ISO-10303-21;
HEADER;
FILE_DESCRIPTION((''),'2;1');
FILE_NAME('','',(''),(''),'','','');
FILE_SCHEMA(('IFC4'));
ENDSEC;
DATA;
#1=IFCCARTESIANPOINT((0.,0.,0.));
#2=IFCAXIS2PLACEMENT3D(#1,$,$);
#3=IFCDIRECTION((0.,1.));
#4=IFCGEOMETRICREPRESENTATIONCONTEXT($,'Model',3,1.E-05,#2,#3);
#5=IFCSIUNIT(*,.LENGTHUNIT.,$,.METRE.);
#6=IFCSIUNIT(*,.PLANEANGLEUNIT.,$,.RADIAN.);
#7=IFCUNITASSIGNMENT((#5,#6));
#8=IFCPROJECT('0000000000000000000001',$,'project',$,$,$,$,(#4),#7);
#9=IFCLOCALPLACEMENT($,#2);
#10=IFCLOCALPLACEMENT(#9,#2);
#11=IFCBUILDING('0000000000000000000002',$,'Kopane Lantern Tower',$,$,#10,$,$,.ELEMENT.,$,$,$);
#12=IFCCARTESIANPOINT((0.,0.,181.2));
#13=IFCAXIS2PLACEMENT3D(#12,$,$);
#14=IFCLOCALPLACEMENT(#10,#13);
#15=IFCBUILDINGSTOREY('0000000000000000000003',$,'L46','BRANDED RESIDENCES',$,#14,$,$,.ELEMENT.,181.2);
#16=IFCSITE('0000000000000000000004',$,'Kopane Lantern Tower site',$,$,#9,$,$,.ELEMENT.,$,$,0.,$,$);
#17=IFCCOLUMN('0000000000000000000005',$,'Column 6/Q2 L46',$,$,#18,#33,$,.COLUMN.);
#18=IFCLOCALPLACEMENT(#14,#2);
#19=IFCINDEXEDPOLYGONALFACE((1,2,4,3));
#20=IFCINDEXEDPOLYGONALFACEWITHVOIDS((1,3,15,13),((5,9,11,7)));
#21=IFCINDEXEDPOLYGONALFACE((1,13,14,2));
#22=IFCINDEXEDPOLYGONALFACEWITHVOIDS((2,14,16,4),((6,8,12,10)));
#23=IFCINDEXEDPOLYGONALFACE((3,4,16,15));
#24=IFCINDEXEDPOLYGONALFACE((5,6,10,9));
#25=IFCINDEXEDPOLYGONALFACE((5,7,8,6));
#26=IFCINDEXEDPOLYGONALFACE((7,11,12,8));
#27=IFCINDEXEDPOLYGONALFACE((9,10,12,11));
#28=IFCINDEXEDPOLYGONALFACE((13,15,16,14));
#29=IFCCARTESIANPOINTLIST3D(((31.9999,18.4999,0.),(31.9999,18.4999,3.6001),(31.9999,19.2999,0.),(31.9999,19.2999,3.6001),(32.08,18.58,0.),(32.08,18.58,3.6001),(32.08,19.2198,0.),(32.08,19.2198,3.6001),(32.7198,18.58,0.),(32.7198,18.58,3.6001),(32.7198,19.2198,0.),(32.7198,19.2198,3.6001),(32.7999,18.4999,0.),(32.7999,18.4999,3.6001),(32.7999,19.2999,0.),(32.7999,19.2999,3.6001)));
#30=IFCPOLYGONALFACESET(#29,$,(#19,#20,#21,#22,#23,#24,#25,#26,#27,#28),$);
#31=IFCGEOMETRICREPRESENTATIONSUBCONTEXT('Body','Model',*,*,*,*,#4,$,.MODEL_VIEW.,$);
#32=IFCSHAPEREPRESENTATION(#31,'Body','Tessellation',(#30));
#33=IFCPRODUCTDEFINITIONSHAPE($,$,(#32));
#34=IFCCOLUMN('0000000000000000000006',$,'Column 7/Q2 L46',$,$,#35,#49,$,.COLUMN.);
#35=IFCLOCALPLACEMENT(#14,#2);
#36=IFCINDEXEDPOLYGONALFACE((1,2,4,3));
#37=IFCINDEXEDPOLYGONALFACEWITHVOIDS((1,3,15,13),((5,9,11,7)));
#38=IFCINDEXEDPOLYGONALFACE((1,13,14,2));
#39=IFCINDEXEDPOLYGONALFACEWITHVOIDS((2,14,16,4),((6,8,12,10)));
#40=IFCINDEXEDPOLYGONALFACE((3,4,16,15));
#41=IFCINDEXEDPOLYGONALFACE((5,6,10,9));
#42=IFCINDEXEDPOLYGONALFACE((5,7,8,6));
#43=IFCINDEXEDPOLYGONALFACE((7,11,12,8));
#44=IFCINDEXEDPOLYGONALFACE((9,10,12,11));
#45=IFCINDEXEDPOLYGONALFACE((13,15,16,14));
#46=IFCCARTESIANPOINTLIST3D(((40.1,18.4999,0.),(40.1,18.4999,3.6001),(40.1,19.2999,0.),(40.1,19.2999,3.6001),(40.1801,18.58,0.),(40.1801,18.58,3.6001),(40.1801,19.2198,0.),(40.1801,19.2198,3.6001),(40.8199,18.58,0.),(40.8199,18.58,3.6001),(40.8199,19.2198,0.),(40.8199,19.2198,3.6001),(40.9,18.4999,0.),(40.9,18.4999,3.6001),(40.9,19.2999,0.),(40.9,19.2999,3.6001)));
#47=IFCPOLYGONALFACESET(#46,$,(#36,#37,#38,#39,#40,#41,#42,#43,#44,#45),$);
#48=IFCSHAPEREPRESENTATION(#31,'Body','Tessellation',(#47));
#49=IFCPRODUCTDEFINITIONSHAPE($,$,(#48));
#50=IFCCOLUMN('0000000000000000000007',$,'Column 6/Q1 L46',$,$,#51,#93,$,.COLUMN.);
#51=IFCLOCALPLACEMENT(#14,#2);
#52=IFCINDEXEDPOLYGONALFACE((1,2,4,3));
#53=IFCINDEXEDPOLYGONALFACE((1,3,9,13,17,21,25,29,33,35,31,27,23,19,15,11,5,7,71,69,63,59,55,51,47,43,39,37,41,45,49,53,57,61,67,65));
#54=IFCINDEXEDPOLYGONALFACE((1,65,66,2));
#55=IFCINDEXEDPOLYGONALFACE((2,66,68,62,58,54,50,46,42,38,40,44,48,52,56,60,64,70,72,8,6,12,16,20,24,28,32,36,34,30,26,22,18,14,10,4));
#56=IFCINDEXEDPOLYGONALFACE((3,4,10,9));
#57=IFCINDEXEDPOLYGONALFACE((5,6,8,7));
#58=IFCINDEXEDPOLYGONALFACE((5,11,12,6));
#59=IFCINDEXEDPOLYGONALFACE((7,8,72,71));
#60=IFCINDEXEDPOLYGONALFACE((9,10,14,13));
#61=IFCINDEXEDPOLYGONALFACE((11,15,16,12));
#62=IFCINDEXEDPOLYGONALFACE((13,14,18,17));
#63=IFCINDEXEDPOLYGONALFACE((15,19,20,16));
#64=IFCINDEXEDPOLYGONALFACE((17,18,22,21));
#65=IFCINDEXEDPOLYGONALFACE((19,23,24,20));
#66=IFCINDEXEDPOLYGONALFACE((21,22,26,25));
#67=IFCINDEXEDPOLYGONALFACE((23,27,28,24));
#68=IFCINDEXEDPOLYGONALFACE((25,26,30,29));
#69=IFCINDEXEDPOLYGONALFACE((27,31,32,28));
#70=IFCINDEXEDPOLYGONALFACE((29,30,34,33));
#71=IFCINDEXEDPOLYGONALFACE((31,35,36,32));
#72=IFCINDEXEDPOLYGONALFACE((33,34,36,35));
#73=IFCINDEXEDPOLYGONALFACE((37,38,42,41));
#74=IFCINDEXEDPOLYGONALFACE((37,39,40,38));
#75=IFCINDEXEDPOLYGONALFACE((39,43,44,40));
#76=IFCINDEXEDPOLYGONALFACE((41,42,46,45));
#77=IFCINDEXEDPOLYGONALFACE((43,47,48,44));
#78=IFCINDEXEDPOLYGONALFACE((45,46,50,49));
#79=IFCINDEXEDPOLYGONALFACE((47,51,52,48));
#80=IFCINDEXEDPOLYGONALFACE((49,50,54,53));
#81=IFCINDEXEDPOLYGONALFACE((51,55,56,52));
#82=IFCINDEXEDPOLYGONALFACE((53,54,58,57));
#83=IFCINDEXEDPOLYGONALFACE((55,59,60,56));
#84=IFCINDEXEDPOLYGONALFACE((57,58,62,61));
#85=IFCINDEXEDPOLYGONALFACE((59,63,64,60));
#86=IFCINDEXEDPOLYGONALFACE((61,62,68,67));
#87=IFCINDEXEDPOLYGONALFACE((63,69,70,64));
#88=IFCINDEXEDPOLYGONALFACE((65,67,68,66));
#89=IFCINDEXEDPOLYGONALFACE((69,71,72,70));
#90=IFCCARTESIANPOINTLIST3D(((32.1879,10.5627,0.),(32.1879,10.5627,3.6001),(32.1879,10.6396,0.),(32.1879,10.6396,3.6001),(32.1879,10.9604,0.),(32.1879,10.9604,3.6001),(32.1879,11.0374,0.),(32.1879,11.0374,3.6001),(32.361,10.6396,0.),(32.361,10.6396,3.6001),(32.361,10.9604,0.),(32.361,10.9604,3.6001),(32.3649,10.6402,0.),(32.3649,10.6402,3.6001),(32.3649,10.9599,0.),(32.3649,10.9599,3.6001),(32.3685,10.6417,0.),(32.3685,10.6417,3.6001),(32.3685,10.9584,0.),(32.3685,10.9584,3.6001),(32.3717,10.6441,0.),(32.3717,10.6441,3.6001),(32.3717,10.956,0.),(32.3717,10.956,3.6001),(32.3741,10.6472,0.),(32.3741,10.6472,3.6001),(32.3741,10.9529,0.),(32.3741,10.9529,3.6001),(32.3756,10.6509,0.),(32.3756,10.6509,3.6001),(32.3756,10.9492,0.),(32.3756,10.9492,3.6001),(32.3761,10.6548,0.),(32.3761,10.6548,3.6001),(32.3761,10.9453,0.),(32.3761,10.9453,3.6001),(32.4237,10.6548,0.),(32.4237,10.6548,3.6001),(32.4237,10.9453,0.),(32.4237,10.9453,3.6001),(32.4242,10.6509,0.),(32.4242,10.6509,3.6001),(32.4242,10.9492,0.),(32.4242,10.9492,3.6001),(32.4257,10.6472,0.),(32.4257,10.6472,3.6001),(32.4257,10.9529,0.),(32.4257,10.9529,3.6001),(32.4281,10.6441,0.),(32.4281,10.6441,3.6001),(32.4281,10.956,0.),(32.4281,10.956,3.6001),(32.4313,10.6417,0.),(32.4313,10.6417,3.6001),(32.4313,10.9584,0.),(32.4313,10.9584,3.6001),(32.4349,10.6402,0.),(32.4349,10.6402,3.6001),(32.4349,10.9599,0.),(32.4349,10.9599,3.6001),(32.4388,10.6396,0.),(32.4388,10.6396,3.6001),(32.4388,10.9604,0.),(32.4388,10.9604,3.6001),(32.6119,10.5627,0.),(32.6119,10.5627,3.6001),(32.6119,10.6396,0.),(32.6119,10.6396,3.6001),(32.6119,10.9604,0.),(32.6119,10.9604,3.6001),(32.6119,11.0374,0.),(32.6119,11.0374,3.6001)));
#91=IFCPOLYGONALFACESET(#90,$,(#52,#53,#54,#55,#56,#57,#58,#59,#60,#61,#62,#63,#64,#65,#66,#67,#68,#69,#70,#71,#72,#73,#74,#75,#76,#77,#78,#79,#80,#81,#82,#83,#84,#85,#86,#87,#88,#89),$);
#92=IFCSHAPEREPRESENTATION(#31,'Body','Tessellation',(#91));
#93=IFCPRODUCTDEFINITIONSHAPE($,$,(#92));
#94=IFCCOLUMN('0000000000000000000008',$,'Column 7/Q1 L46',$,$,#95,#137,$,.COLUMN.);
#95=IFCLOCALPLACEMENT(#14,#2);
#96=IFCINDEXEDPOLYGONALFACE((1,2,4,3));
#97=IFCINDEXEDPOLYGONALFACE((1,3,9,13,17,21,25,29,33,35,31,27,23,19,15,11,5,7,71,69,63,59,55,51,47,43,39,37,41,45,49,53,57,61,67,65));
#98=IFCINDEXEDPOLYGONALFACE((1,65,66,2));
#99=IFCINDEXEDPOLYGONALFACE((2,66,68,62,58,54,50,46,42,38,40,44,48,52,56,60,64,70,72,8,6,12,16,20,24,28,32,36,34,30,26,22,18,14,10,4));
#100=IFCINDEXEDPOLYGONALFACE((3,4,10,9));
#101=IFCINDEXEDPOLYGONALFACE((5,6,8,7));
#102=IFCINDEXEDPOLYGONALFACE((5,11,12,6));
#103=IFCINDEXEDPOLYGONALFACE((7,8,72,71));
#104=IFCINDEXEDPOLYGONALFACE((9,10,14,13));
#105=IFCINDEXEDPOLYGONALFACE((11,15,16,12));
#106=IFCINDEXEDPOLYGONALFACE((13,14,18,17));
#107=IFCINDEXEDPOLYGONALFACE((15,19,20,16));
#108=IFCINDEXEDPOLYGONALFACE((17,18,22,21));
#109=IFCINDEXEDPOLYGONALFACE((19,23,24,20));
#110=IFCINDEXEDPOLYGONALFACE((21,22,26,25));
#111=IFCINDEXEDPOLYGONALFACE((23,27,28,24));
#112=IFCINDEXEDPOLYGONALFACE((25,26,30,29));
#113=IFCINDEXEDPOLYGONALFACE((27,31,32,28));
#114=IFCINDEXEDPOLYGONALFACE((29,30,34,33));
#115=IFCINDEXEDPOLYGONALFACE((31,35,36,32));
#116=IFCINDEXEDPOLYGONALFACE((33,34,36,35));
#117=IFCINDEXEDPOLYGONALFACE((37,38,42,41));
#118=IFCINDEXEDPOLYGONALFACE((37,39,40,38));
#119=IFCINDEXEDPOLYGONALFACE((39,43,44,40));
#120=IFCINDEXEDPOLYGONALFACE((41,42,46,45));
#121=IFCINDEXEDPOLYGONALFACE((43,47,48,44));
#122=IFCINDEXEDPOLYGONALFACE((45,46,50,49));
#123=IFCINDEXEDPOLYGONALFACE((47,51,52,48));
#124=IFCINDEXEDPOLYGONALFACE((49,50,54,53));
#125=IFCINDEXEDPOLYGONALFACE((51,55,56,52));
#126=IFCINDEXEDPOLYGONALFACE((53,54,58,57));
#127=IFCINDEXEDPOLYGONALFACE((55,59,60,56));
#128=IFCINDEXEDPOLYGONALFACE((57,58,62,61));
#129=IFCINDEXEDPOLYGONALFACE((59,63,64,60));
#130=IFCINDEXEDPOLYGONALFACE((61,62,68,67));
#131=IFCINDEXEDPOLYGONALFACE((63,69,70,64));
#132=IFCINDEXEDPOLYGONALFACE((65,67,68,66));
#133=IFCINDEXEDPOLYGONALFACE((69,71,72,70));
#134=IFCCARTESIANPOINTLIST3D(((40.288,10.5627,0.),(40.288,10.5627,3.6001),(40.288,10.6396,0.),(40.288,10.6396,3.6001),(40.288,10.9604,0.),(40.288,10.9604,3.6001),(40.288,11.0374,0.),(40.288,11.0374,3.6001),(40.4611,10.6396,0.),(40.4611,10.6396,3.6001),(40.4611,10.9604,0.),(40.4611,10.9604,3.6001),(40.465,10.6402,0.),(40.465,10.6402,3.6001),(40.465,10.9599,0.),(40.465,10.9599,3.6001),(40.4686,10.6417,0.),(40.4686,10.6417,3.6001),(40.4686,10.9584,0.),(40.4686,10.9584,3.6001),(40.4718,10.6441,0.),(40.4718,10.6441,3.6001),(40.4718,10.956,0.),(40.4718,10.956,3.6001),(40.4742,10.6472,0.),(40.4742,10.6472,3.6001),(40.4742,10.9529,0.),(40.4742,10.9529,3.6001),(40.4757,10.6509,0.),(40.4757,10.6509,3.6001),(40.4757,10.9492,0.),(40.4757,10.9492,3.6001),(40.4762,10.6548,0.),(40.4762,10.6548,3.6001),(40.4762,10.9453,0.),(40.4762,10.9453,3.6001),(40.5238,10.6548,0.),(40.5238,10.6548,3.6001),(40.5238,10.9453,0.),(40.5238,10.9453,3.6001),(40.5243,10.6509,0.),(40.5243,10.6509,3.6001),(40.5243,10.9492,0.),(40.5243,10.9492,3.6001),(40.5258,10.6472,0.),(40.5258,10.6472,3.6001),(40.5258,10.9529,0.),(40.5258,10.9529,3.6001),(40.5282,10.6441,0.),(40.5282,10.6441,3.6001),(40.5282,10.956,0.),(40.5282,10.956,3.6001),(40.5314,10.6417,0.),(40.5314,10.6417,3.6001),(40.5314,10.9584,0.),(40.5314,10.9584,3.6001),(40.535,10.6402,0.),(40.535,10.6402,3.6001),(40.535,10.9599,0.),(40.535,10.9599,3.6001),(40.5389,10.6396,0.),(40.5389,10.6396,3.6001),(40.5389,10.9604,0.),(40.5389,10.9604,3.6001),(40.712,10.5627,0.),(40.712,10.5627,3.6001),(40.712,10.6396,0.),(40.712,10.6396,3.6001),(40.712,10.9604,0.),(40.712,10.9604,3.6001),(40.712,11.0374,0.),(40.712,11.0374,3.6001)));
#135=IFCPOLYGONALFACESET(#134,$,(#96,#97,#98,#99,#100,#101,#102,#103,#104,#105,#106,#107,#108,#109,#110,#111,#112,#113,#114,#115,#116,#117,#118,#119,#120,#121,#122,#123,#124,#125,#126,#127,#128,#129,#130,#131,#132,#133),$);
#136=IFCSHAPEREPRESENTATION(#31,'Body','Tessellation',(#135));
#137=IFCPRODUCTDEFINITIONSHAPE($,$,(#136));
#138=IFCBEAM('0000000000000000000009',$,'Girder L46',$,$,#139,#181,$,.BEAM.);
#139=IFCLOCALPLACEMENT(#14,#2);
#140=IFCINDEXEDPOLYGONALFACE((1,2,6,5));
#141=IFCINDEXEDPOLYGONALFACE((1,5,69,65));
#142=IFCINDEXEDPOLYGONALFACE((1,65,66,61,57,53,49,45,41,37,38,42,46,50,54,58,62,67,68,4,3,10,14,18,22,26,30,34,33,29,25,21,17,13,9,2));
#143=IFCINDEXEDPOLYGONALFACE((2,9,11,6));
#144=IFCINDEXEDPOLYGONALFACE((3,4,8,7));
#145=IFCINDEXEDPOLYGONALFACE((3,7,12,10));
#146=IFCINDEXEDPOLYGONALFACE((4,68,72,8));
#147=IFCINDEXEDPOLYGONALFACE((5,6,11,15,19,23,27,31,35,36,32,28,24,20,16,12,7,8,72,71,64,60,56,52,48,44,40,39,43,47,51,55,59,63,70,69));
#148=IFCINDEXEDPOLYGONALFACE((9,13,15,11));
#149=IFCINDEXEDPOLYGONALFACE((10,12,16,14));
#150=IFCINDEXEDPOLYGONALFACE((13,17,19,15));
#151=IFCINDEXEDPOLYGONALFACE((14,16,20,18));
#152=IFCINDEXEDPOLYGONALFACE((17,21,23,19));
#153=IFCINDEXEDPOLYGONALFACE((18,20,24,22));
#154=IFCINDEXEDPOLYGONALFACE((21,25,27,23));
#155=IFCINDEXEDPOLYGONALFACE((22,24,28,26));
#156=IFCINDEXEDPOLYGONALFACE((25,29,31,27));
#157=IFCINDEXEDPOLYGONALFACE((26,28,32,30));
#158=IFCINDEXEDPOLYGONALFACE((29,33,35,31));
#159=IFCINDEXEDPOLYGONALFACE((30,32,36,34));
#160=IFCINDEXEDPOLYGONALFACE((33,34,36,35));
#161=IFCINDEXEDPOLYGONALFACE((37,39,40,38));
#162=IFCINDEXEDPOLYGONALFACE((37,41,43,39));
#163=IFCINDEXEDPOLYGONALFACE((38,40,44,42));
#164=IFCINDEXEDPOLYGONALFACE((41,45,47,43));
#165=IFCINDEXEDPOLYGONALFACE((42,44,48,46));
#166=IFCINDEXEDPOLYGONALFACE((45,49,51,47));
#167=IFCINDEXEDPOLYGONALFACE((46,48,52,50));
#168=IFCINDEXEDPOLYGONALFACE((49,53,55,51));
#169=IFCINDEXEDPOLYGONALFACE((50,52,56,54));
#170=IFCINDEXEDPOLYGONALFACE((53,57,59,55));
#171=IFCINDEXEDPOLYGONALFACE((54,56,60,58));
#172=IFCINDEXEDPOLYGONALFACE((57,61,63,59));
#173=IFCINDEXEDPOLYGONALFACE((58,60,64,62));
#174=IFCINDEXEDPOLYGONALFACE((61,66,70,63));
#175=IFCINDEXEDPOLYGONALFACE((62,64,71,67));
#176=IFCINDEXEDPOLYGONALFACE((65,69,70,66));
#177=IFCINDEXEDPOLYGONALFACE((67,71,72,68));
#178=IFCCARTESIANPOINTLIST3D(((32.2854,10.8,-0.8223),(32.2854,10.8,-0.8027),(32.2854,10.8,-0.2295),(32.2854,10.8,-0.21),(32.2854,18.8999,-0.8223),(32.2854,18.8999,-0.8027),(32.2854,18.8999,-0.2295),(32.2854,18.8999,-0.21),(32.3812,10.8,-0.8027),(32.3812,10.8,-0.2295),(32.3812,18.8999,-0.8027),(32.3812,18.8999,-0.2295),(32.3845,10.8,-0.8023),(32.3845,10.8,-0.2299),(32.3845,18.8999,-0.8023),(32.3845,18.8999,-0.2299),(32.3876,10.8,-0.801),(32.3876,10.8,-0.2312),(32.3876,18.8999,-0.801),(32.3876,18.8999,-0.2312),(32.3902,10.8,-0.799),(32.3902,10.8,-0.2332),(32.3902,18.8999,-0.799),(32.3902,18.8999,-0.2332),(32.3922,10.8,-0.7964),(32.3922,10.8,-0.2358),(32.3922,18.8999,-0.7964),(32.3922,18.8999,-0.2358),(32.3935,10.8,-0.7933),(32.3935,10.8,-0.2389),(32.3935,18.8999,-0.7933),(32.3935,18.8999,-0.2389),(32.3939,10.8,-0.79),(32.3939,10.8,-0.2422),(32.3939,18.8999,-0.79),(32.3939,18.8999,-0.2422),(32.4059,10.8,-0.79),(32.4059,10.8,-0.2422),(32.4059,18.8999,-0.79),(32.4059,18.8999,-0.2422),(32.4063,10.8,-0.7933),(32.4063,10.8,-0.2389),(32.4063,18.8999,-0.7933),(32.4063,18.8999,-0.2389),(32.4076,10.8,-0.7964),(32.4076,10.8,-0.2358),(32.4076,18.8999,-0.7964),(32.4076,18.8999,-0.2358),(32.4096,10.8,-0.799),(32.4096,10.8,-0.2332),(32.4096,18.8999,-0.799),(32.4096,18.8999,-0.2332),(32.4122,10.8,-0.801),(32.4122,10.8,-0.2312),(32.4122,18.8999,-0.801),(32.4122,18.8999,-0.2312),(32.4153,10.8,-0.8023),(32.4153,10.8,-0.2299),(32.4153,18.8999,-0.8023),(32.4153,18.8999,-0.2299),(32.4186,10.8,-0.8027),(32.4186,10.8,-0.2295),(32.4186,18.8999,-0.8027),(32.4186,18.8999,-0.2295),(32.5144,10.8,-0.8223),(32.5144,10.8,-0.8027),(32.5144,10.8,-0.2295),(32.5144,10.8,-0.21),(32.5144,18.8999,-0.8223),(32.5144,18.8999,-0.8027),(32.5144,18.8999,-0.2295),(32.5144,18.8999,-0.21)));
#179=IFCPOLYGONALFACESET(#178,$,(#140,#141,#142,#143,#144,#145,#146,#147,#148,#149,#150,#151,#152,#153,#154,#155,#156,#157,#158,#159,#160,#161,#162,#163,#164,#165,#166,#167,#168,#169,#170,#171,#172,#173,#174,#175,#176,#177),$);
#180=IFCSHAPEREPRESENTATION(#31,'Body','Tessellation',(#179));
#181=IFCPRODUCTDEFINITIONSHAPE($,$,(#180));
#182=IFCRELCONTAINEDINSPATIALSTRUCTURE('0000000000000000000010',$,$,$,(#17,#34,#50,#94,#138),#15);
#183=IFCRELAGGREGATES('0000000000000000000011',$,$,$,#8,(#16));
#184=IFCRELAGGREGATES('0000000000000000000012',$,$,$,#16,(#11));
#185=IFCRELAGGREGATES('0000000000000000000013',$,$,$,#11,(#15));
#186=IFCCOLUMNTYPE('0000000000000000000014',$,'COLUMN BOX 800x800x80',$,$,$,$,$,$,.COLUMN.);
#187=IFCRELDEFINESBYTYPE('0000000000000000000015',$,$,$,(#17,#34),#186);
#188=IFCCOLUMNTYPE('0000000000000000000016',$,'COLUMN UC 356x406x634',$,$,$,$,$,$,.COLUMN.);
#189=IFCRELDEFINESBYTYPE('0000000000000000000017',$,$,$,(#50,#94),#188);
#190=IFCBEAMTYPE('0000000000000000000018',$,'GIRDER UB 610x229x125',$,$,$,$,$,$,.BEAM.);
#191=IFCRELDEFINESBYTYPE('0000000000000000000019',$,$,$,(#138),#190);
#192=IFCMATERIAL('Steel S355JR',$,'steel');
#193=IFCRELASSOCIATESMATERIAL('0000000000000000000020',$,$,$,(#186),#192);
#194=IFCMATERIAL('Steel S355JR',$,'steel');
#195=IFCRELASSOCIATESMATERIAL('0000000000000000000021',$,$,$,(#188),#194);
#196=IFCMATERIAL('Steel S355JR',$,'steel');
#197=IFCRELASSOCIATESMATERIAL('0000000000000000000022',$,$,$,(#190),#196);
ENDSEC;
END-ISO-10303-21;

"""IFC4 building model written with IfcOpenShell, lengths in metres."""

from ifc_helpers import new_model, si_unit, direction, frame, origin, origin_2d, place, context, subcontext, project, spatial, hollow_rectangle, i_section, extrude, material, material_profile, profile_set, type_object, element, save


model = new_model("IFC4")

# Units and contexts
model_context = context("Model", 3, precision=1e-05, world=origin(), true_north=direction((0.0, 1.0)))
body_context = subcontext(model_context, "Body", "Model", "MODEL_VIEW")
ifc_project = project(units=[si_unit("LENGTHUNIT", "METRE"), si_unit("PLANEANGLEUNIT", "RADIAN")], contexts=[model_context])

# Site, building, storey
site_placement = place(None, origin())
site = spatial("IfcSite", under=ifc_project, at=site_placement, Name="Kopane Lantern Tower site", CompositionType="ELEMENT", RefElevation=0.0)
building_placement = place(site_placement, origin())
building = spatial("IfcBuilding", under=site, at=building_placement, Name="Kopane Lantern Tower", CompositionType="ELEMENT")
storey_placement = place(building_placement, frame((0.0, 0.0, 181.2)))
storey = spatial("IfcBuildingStorey", under=building, at=storey_placement, Name="L46", Description="BRANDED RESIDENCES", CompositionType="ELEMENT", Elevation=181.2)

# Columns
ifc_material_1 = material(Name="Steel S355JR", Category="steel")
ifc_material_profile_1 = material_profile(ifc_material_1, hollow_rectangle(XDim=0.8, YDim=0.8, WallThickness=0.0801, at=origin_2d()), Name="BOX 800x800x80")
ifc_profile_set_1 = profile_set([ifc_material_profile_1], Name="Steel S355JR")
column_type_1 = type_object("IfcColumnType", Name="COLUMN BOX 800x800x80", PredefinedType="COLUMN", material=ifc_profile_set_1)
for number, where, z_axis, x_axis, name in (
    (1, (32.3999, 18.8999, 0.0), (0.0, 0.0, 1.0), (1.0, 0.0, 0.0), "Column 6/Q2 L46"),
    (2, (40.5, 18.8999, 0.0), (0.0, 0.0, 1.0), (1.0, 0.0, 0.0), "Column 7/Q2 L46"),
):
    element("IfcColumn", number, at=place(storey_placement, frame(where, z_axis=z_axis, x_axis=x_axis)), inside=storey, type_object=column_type_1, Name=name, PredefinedType="COLUMN", context=body_context, shape_type="SweptSolid", body=[
        extrude(hollow_rectangle(XDim=0.8, YDim=0.8, WallThickness=0.0801, at=origin_2d()), origin(), (0.0, 0.0, 1.0), 3.6001),
    ])
ifc_material_2 = material(Name="Steel S355JR", Category="steel")
ifc_material_profile_2 = material_profile(ifc_material_2, i_section(OverallWidth=0.4241, OverallDepth=0.4746, WebThickness=0.0476, FlangeThickness=0.0769, FilletRadius=0.0151, at=origin_2d()), Name="UC 356x406x634")
ifc_profile_set_2 = profile_set([ifc_material_profile_2], Name="Steel S355JR")
column_type_2 = type_object("IfcColumnType", Name="COLUMN UC 356x406x634", PredefinedType="COLUMN", material=ifc_profile_set_2)
for number, where, z_axis, x_axis, name in (
    (3, (32.3999, 10.8, 0.0), (0.0, 0.0, 1.0), (1.0, 0.0, 0.0), "Column 6/Q1 L46"),
    (4, (40.5, 10.8, 0.0), (0.0, 0.0, 1.0), (1.0, 0.0, 0.0), "Column 7/Q1 L46"),
):
    element("IfcColumn", number, at=place(storey_placement, frame(where, z_axis=z_axis, x_axis=x_axis)), inside=storey, type_object=column_type_2, Name=name, PredefinedType="COLUMN", context=body_context, shape_type="SweptSolid", body=[
        extrude(i_section(OverallWidth=0.4241, OverallDepth=0.4746, WebThickness=0.0476, FlangeThickness=0.0769, FilletRadius=0.0151, at=origin_2d()), origin(), (0.0, 0.0, 1.0), 3.6001),
    ])

# Beam
ifc_material_3 = material(Name="Steel S355JR", Category="steel")
ifc_material_profile_3 = material_profile(ifc_material_3, i_section(OverallWidth=0.229, OverallDepth=0.6123, WebThickness=0.012, FlangeThickness=0.0195, FilletRadius=0.0127, at=origin_2d()), Name="UB 610x229x125")
ifc_profile_set_3 = profile_set([ifc_material_profile_3], Name="Steel S355JR")
beam_type = type_object("IfcBeamType", Name="GIRDER UB 610x229x125", PredefinedType="BEAM", material=ifc_profile_set_3)
beam_1_placement = place(storey_placement, frame((32.3999, 10.8, -0.5161), z_axis=(0.0, 1.0, 0.0), x_axis=(-1.0, 0.0, 0.0)))
element("IfcBeam", 5, at=beam_1_placement, inside=storey, type_object=beam_type, Name="Girder L46", PredefinedType="BEAM", context=body_context, shape_type="SweptSolid", body=[
    extrude(i_section(OverallWidth=0.229, OverallDepth=0.6123, WebThickness=0.012, FlangeThickness=0.0195, FilletRadius=0.0127, at=origin_2d()), origin(), (0.0, 0.0, 1.0), 8.0999),
])

save(model, "model.ifc")
